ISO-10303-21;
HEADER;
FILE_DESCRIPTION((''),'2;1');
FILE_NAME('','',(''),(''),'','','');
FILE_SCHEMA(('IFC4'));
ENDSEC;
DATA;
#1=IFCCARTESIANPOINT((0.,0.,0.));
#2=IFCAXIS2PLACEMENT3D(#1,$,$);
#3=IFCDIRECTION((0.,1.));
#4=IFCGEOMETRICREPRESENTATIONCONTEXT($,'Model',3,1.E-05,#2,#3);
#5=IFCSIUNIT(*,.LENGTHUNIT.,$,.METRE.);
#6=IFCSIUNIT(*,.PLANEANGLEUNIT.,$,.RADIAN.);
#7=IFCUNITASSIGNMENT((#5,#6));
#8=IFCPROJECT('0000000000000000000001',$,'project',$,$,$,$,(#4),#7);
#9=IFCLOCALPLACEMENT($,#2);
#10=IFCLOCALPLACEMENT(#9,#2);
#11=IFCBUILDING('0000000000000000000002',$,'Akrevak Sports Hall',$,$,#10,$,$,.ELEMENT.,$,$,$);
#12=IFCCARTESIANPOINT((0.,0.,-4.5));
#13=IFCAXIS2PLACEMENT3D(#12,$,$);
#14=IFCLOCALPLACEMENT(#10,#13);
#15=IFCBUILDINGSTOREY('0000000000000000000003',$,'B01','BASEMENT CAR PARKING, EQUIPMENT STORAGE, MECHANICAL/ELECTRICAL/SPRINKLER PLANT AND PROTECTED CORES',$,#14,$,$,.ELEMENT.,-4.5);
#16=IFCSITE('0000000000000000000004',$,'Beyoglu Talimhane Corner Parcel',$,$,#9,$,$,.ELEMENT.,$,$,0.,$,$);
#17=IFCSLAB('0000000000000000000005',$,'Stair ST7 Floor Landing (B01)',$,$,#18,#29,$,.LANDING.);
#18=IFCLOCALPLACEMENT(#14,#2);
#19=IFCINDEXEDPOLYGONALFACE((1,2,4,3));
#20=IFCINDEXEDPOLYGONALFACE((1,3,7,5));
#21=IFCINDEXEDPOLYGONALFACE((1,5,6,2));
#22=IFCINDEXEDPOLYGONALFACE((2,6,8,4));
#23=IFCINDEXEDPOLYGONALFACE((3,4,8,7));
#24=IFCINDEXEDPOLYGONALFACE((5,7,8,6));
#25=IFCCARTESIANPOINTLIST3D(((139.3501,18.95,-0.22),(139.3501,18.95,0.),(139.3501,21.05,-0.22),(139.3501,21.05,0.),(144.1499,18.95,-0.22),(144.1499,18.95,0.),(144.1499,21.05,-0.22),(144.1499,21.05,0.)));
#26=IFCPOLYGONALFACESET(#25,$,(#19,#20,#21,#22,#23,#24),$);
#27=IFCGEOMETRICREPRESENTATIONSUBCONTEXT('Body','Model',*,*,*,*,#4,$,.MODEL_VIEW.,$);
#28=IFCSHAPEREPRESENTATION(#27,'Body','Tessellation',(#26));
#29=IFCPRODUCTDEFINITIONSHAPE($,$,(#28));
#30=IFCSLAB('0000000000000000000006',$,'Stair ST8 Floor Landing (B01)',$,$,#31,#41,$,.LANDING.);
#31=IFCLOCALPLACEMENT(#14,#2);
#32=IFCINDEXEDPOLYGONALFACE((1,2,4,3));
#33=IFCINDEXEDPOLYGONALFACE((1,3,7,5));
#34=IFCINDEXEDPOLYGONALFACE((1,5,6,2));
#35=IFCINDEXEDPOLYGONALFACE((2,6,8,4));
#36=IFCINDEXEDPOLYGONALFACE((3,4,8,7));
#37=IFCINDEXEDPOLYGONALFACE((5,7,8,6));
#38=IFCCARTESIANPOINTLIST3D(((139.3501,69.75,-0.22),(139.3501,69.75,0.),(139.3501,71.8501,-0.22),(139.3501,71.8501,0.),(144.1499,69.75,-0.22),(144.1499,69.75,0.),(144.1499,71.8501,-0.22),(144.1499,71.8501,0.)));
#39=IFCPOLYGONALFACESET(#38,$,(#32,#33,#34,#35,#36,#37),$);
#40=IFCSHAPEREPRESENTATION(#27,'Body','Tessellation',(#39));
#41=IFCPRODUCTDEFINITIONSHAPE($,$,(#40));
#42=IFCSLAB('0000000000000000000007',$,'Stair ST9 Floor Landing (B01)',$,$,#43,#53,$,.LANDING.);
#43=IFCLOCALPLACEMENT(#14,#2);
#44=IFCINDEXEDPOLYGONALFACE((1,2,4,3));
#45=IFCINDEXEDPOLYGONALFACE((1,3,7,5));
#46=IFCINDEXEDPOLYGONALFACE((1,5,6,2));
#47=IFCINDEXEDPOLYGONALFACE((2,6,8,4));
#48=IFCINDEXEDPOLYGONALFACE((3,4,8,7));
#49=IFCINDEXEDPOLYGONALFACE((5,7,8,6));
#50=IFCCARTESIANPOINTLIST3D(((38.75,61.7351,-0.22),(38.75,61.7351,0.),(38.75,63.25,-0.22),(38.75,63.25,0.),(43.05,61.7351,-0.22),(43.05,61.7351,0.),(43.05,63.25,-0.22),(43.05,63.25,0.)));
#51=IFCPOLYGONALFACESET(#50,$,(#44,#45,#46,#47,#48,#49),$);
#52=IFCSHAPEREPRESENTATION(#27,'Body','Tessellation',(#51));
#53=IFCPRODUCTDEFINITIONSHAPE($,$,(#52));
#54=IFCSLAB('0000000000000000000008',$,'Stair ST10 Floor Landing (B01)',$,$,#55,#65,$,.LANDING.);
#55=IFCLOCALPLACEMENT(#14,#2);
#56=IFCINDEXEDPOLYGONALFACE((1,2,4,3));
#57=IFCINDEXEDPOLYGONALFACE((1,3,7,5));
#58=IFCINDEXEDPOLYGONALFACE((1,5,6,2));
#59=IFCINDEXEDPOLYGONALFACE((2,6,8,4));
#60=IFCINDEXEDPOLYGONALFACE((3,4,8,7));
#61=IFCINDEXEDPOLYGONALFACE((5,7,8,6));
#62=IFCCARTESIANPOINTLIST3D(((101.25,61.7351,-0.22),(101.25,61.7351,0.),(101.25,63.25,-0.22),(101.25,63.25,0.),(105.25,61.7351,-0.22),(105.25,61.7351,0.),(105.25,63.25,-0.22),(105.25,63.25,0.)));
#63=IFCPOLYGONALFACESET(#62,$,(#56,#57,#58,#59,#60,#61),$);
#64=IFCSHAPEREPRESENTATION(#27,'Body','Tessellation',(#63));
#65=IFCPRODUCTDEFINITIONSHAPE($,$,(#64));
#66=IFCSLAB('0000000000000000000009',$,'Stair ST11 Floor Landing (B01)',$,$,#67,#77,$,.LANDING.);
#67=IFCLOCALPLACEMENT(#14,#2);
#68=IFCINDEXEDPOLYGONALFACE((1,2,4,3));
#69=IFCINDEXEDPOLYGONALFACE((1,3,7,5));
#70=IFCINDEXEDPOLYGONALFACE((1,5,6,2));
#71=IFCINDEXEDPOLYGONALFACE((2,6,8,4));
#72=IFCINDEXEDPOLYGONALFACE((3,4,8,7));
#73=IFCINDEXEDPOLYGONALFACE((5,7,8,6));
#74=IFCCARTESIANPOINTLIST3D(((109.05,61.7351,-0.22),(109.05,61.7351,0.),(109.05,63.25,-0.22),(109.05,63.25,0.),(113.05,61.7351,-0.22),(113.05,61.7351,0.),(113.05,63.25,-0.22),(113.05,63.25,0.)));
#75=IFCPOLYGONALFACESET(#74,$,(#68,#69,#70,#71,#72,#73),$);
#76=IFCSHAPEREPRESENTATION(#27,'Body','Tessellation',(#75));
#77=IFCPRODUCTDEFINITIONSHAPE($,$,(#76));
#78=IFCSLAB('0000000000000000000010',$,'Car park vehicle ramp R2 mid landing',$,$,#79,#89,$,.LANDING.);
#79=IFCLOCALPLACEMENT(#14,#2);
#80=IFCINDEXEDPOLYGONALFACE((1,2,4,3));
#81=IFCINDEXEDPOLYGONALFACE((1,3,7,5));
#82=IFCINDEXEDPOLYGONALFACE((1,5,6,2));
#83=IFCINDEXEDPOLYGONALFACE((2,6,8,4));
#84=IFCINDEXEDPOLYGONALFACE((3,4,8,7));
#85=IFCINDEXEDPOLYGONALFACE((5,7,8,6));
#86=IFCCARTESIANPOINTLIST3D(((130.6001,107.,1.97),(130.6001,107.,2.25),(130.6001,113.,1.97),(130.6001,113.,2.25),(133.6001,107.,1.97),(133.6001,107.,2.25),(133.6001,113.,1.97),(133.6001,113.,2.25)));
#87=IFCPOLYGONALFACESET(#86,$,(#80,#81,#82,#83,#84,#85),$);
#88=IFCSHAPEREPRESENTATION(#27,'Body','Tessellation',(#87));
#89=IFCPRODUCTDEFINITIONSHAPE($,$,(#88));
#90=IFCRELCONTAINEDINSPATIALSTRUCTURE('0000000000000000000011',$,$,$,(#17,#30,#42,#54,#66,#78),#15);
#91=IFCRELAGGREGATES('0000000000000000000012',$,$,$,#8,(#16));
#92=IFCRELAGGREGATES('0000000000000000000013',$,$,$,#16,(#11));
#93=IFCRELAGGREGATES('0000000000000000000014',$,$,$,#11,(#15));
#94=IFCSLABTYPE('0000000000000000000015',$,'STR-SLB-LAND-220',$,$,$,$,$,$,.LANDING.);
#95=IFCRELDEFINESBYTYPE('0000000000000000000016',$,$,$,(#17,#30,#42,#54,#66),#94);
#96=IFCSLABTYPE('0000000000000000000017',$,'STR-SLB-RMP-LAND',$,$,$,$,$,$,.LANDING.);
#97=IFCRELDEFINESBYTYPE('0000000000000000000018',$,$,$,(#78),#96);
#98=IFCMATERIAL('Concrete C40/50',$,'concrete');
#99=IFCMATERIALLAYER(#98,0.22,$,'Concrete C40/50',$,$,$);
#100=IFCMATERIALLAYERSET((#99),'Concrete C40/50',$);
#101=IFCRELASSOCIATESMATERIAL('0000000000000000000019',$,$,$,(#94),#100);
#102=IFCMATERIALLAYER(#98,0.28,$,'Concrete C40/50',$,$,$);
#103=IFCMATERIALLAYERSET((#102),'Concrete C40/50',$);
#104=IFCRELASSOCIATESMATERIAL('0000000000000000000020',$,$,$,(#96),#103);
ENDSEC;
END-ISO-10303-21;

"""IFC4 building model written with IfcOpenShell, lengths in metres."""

from ifc_helpers import new_model, si_unit, direction, frame, origin, place, context, subcontext, project, spatial, polyline, outline, extrude, material, layer, layer_set, type_object, element, save


model = new_model("IFC4")

# Units and contexts
model_context = context("Model", 3, precision=1e-05, world=origin(), true_north=direction((0.0, 1.0)))
body_context = subcontext(model_context, "Body", "Model", "MODEL_VIEW")
ifc_project = project(units=[si_unit("LENGTHUNIT", "METRE"), si_unit("PLANEANGLEUNIT", "RADIAN")], contexts=[model_context])

# Site, building, storey
site_placement = place(None, origin())
site = spatial("IfcSite", under=ifc_project, at=site_placement, Name="Beyoglu Talimhane Corner Parcel", CompositionType="ELEMENT", RefElevation=0.0)
building_placement = place(site_placement, origin())
building = spatial("IfcBuilding", under=site, at=building_placement, Name="Akrevak Sports Hall", CompositionType="ELEMENT")
storey_placement = place(building_placement, frame((0.0, 0.0, -4.5)))
storey = spatial("IfcBuildingStorey", under=building, at=storey_placement, Name="B01", Description="BASEMENT CAR PARKING, EQUIPMENT STORAGE, MECHANICAL/ELECTRICAL/SPRINKLER PLANT AND PROTECTED CORES", CompositionType="ELEMENT", Elevation=-4.5)

# Shared definitions
ifc_material = material(Name="Concrete C40/50", Category="concrete")

# Slabs
ifc_layer_1 = layer(ifc_material, 0.22, Name="Concrete C40/50")
ifc_layer_set_1 = layer_set([ifc_layer_1], Name="Concrete C40/50")
slab_type_1 = type_object("IfcSlabType", Name="STR-SLB-LAND-220", PredefinedType="LANDING", material=ifc_layer_set_1)
slab_1_placement = place(storey_placement, frame((0.0, 0.0, -0.22)))
element("IfcSlab", 1, at=slab_1_placement, inside=storey, type_object=slab_type_1, Name="Stair ST7 Floor Landing (B01)", PredefinedType="LANDING", context=body_context, shape_type="SweptSolid", body=[
    extrude(outline(polyline([(139.3501, 18.95), (144.1499, 18.95), (144.1499, 21.05), (139.3501, 21.05), (139.3501, 18.95)])), origin(), (0.0, 0.0, 1.0), 0.22),
])
slab_2_placement = place(storey_placement, frame((0.0, 0.0, -0.22)))
element("IfcSlab", 2, at=slab_2_placement, inside=storey, type_object=slab_type_1, Name="Stair ST8 Floor Landing (B01)", PredefinedType="LANDING", context=body_context, shape_type="SweptSolid", body=[
    extrude(outline(polyline([(139.3501, 69.75), (144.1499, 69.75), (144.1499, 71.8501), (139.3501, 71.8501), (139.3501, 69.75)])), origin(), (0.0, 0.0, 1.0), 0.22),
])
slab_3_placement = place(storey_placement, frame((0.0, 0.0, -0.22)))
element("IfcSlab", 3, at=slab_3_placement, inside=storey, type_object=slab_type_1, Name="Stair ST9 Floor Landing (B01)", PredefinedType="LANDING", context=body_context, shape_type="SweptSolid", body=[
    extrude(outline(polyline([(38.75, 61.7351), (43.05, 61.7351), (43.05, 63.25), (38.75, 63.25), (38.75, 61.7351)])), origin(), (0.0, 0.0, 1.0), 0.22),
])
slab_4_placement = place(storey_placement, frame((0.0, 0.0, -0.22)))
element("IfcSlab", 4, at=slab_4_placement, inside=storey, type_object=slab_type_1, Name="Stair ST10 Floor Landing (B01)", PredefinedType="LANDING", context=body_context, shape_type="SweptSolid", body=[
    extrude(outline(polyline([(101.25, 61.7351), (105.25, 61.7351), (105.25, 63.25), (101.25, 63.25), (101.25, 61.7351)])), origin(), (0.0, 0.0, 1.0), 0.22),
])
slab_5_placement = place(storey_placement, frame((0.0, 0.0, -0.22)))
element("IfcSlab", 5, at=slab_5_placement, inside=storey, type_object=slab_type_1, Name="Stair ST11 Floor Landing (B01)", PredefinedType="LANDING", context=body_context, shape_type="SweptSolid", body=[
    extrude(outline(polyline([(109.05, 61.7351), (113.05, 61.7351), (113.05, 63.25), (109.05, 63.25), (109.05, 61.7351)])), origin(), (0.0, 0.0, 1.0), 0.22),
])
ifc_layer_2 = layer(ifc_material, 0.28, Name="Concrete C40/50")
ifc_layer_set_2 = layer_set([ifc_layer_2], Name="Concrete C40/50")
slab_type_2 = type_object("IfcSlabType", Name="STR-SLB-RMP-LAND", PredefinedType="LANDING", material=ifc_layer_set_2)
slab_6_placement = place(storey_placement, frame((0.0, 0.0, 1.97)))
element("IfcSlab", 6, at=slab_6_placement, inside=storey, type_object=slab_type_2, Name="Car park vehicle ramp R2 mid landing", PredefinedType="LANDING", context=body_context, shape_type="SweptSolid", body=[
    extrude(outline(polyline([(130.6001, 107.0), (133.6001, 107.0), (133.6001, 113.0), (130.6001, 113.0), (130.6001, 107.0)])), origin(), (0.0, 0.0, 1.0), 0.28),
])

save(model, "model.ifc")
